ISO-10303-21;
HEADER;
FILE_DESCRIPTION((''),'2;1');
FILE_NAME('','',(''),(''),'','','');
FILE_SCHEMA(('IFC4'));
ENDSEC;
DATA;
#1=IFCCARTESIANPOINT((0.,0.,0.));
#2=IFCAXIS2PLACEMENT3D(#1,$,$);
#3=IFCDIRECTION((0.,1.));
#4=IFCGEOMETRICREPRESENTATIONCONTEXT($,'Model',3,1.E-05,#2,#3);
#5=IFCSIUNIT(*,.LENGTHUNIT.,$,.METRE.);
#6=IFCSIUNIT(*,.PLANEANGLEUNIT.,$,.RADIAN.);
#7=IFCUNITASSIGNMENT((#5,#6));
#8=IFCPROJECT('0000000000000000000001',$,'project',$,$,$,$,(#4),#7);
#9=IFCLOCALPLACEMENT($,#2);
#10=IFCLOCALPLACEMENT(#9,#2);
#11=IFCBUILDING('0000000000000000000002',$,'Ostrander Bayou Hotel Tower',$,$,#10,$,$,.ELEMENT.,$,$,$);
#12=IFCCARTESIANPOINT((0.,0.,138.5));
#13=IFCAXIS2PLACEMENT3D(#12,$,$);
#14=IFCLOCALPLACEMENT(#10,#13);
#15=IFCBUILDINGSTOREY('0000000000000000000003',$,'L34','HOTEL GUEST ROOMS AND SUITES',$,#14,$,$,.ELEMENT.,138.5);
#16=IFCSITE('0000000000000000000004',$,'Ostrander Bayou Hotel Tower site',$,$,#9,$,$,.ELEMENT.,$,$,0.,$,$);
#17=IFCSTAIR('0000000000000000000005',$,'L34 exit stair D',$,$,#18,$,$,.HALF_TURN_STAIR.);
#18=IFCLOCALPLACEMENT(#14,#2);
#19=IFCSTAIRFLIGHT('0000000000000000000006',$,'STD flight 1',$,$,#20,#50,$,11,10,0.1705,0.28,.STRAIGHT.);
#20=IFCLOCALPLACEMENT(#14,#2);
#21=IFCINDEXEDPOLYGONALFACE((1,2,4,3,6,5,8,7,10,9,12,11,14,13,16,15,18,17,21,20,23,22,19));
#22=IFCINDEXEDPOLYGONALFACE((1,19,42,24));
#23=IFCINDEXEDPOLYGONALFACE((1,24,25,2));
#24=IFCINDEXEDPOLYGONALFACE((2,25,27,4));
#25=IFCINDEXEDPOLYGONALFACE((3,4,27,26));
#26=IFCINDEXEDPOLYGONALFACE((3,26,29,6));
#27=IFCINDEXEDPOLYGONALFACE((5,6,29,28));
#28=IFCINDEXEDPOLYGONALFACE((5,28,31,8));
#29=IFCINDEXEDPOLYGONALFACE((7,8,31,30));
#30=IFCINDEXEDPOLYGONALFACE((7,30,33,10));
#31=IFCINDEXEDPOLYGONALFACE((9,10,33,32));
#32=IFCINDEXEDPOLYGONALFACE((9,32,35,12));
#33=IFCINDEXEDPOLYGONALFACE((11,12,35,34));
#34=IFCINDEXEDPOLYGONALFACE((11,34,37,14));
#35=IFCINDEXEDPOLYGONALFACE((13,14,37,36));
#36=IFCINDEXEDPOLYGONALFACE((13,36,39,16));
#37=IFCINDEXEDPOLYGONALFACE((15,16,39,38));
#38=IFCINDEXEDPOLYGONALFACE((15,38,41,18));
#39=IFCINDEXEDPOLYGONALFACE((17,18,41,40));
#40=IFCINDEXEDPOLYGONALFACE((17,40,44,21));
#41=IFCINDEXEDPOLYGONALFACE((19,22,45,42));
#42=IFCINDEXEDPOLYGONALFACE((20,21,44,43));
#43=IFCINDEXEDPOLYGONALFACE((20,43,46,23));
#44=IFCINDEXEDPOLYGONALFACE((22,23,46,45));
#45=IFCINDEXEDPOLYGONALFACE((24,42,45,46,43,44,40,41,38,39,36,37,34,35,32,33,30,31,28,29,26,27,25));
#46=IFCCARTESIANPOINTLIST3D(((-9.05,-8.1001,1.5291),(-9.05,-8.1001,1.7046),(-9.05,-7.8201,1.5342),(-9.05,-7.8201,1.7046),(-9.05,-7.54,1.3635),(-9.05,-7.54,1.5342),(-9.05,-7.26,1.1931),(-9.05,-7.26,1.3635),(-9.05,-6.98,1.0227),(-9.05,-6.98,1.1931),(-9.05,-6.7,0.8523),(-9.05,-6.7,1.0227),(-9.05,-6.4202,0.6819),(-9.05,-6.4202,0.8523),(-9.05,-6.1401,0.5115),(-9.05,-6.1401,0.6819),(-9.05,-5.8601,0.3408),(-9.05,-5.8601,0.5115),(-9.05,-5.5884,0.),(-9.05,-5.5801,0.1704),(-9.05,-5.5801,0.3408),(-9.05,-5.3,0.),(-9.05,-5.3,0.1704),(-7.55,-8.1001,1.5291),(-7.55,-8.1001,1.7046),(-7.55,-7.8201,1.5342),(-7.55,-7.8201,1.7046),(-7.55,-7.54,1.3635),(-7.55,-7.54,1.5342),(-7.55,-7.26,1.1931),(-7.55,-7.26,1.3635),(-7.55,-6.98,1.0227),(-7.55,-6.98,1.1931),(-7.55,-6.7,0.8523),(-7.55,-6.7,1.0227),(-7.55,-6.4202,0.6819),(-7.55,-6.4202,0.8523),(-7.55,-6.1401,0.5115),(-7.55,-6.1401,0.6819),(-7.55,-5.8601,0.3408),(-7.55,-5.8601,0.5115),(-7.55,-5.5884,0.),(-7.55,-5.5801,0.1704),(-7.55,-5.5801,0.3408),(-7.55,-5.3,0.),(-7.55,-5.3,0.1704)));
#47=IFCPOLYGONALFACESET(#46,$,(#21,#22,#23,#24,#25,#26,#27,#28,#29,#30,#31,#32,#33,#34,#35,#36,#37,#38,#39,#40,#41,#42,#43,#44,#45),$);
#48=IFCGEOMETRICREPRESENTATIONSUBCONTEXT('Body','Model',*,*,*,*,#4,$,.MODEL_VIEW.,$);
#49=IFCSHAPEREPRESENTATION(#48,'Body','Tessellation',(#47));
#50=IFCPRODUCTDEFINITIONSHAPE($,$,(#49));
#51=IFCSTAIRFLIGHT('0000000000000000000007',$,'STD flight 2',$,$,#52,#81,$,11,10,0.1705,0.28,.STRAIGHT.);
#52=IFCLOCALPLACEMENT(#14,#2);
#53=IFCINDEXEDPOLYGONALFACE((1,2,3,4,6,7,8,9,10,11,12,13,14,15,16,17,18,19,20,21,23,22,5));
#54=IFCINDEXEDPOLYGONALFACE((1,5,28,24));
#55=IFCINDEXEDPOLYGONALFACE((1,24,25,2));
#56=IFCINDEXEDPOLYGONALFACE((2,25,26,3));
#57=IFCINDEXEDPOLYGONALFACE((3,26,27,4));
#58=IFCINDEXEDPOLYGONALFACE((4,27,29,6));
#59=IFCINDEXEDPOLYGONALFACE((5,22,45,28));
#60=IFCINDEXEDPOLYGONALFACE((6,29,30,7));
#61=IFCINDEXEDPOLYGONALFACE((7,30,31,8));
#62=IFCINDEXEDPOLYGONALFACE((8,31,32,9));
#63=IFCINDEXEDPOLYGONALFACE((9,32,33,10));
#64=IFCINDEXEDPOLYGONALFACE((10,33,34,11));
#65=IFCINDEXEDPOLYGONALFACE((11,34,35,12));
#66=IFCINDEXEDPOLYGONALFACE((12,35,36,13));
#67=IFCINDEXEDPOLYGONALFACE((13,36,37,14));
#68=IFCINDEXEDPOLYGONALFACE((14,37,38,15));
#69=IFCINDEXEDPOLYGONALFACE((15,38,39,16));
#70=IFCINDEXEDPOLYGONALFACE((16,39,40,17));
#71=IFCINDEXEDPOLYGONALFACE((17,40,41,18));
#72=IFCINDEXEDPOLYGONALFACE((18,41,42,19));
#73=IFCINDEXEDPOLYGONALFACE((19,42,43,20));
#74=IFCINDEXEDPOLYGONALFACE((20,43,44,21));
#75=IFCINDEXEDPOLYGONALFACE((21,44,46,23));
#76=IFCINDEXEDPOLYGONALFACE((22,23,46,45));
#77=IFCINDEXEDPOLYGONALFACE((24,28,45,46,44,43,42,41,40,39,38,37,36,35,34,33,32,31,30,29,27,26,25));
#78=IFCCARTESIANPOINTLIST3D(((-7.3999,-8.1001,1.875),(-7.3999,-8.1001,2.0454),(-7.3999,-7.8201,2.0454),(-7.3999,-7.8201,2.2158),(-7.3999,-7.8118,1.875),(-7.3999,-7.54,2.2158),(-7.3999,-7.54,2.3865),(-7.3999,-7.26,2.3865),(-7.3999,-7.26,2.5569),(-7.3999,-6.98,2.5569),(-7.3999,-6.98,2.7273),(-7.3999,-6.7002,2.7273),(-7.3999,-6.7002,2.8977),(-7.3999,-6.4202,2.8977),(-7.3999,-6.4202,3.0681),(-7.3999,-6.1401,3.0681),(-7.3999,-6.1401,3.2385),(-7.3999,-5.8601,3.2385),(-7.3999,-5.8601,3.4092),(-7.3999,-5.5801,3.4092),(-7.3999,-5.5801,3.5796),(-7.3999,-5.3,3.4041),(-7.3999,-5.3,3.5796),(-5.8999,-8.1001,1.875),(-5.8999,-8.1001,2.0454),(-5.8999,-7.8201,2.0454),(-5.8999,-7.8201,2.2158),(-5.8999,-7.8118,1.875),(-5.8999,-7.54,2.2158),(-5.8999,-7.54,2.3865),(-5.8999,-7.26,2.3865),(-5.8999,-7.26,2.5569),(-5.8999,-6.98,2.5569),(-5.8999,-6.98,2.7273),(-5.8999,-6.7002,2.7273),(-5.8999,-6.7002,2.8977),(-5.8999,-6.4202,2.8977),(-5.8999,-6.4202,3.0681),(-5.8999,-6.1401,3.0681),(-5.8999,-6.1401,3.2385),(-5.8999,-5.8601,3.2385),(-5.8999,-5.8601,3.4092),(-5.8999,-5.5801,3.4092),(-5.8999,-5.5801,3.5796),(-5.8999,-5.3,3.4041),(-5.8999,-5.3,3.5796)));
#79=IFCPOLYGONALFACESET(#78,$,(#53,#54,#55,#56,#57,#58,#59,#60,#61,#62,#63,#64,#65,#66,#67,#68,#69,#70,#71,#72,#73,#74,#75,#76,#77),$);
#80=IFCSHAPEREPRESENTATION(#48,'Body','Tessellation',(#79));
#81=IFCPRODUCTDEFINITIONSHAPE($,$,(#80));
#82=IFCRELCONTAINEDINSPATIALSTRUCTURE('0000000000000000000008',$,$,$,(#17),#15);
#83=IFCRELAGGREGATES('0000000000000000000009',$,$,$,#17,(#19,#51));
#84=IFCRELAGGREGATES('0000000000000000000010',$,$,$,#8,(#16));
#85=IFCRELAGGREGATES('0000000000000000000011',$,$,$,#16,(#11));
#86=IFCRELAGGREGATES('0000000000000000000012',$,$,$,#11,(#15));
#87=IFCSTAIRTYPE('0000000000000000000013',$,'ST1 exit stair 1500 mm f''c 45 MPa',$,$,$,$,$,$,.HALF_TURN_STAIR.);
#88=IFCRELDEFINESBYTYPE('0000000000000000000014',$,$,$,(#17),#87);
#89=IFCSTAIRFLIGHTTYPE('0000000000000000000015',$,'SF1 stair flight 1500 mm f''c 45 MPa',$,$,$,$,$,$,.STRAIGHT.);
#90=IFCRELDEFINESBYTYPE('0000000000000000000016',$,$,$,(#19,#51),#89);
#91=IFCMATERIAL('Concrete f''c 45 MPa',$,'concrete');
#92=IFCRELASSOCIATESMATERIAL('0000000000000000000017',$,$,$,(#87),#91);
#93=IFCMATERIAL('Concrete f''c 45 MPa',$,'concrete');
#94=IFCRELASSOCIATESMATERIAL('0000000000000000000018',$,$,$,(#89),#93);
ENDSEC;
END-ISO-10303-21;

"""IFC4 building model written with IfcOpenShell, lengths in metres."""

from ifc_helpers import new_model, si_unit, direction, frame, origin, place, context, subcontext, project, spatial, polyline, outline, extrude, material, type_object, element, aggregate, save


model = new_model("IFC4")

# Units and contexts
model_context = context("Model", 3, precision=1e-05, world=origin(), true_north=direction((0.0, 1.0)))
body_context = subcontext(model_context, "Body", "Model", "MODEL_VIEW")
ifc_project = project(units=[si_unit("LENGTHUNIT", "METRE"), si_unit("PLANEANGLEUNIT", "RADIAN")], contexts=[model_context])

# Site, building, storey
site_placement = place(None, origin())
site = spatial("IfcSite", under=ifc_project, at=site_placement, Name="Ostrander Bayou Hotel Tower site", CompositionType="ELEMENT", RefElevation=0.0)
building_placement = place(site_placement, origin())
building = spatial("IfcBuilding", under=site, at=building_placement, Name="Ostrander Bayou Hotel Tower", CompositionType="ELEMENT")
storey_placement = place(building_placement, frame((0.0, 0.0, 138.5)))
storey = spatial("IfcBuildingStorey", under=building, at=storey_placement, Name="L34", Description="HOTEL GUEST ROOMS AND SUITES", CompositionType="ELEMENT", Elevation=138.5)

# Stair, stair flights
ifc_material_1 = material(Name="Concrete f'c 45 MPa", Category="concrete")
stair_type = type_object("IfcStairType", Name="ST1 exit stair 1500 mm f'c 45 MPa", PredefinedType="HALF_TURN_STAIR", material=ifc_material_1)
stair_placement = place(storey_placement, origin())
stair = element("IfcStair", 1, at=stair_placement, inside=storey, type_object=stair_type, Name="L34 exit stair D", PredefinedType="HALF_TURN_STAIR")
ifc_material_2 = material(Name="Concrete f'c 45 MPa", Category="concrete")
stair_flight_type = type_object("IfcStairFlightType", Name="SF1 stair flight 1500 mm f'c 45 MPa", PredefinedType="STRAIGHT", material=ifc_material_2)
stair_flight_1_placement = place(storey_placement, frame((-8.3, -5.3, 0.0), z_axis=(0.0, 0.0, 1.0), x_axis=(0.0, -1.0, 0.0)))
stair_flight_1 = element("IfcStairFlight", 2, at=stair_flight_1_placement, type_object=stair_flight_type, Name="STD flight 1", NumberOfRisers=11, NumberOfTreads=10, PredefinedType="STRAIGHT", RiserHeight=0.1705, TreadLength=0.28, context=body_context, shape_type="SweptSolid", body=[
    extrude(outline(polyline([(0.0, 0.0), (0.0, 0.1704), (0.28, 0.1704), (0.28, 0.3408), (0.5601, 0.3408), (0.5601, 0.5115), (0.8401, 0.5115), (0.8401, 0.6819), (1.1201, 0.6819), (1.1201, 0.8523), (1.3999, 0.8523), (1.3999, 1.0227), (1.6799, 1.0227), (1.6799, 1.1931), (1.96, 1.1931), (1.96, 1.3635), (2.24, 1.3635), (2.24, 1.5342), (2.52, 1.5342), (2.52, 1.7046), (2.8, 1.7046), (2.8, 1.875), (2.8, 1.5291), (0.2883, 0.0), (0.0, 0.0)])), frame((0.0, 0.75, 0.0), z_axis=(0.0, -1.0, 0.0), x_axis=(1.0, 0.0, 0.0)), (0.0, 0.0, 1.0), 1.5),
])
stair_flight_2_placement = place(storey_placement, frame((-6.6499, -8.1001, 1.875), z_axis=(0.0, 0.0, 1.0), x_axis=(0.0, 1.0, 0.0)))
stair_flight_2 = element("IfcStairFlight", 3, at=stair_flight_2_placement, type_object=stair_flight_type, Name="STD flight 2", NumberOfRisers=11, NumberOfTreads=10, PredefinedType="STRAIGHT", RiserHeight=0.1705, TreadLength=0.28, context=body_context, shape_type="SweptSolid", body=[
    extrude(outline(polyline([(0.0, 0.0), (0.0, 0.1704), (0.28, 0.1704), (0.28, 0.3408), (0.5601, 0.3408), (0.5601, 0.5115), (0.8401, 0.5115), (0.8401, 0.6819), (1.1201, 0.6819), (1.1201, 0.8523), (1.3999, 0.8523), (1.3999, 1.0227), (1.6799, 1.0227), (1.6799, 1.1931), (1.96, 1.1931), (1.96, 1.3635), (2.24, 1.3635), (2.24, 1.5342), (2.52, 1.5342), (2.52, 1.7046), (2.8, 1.7046), (2.8, 1.875), (2.8, 1.5291), (0.2883, 0.0), (0.0, 0.0)])), frame((0.0, 0.75, 0.0), z_axis=(0.0, -1.0, 0.0), x_axis=(1.0, 0.0, 0.0)), (0.0, 0.0, 1.0), 1.5),
])
aggregate(stair, [stair_flight_1, stair_flight_2])

save(model, "model.ifc")
